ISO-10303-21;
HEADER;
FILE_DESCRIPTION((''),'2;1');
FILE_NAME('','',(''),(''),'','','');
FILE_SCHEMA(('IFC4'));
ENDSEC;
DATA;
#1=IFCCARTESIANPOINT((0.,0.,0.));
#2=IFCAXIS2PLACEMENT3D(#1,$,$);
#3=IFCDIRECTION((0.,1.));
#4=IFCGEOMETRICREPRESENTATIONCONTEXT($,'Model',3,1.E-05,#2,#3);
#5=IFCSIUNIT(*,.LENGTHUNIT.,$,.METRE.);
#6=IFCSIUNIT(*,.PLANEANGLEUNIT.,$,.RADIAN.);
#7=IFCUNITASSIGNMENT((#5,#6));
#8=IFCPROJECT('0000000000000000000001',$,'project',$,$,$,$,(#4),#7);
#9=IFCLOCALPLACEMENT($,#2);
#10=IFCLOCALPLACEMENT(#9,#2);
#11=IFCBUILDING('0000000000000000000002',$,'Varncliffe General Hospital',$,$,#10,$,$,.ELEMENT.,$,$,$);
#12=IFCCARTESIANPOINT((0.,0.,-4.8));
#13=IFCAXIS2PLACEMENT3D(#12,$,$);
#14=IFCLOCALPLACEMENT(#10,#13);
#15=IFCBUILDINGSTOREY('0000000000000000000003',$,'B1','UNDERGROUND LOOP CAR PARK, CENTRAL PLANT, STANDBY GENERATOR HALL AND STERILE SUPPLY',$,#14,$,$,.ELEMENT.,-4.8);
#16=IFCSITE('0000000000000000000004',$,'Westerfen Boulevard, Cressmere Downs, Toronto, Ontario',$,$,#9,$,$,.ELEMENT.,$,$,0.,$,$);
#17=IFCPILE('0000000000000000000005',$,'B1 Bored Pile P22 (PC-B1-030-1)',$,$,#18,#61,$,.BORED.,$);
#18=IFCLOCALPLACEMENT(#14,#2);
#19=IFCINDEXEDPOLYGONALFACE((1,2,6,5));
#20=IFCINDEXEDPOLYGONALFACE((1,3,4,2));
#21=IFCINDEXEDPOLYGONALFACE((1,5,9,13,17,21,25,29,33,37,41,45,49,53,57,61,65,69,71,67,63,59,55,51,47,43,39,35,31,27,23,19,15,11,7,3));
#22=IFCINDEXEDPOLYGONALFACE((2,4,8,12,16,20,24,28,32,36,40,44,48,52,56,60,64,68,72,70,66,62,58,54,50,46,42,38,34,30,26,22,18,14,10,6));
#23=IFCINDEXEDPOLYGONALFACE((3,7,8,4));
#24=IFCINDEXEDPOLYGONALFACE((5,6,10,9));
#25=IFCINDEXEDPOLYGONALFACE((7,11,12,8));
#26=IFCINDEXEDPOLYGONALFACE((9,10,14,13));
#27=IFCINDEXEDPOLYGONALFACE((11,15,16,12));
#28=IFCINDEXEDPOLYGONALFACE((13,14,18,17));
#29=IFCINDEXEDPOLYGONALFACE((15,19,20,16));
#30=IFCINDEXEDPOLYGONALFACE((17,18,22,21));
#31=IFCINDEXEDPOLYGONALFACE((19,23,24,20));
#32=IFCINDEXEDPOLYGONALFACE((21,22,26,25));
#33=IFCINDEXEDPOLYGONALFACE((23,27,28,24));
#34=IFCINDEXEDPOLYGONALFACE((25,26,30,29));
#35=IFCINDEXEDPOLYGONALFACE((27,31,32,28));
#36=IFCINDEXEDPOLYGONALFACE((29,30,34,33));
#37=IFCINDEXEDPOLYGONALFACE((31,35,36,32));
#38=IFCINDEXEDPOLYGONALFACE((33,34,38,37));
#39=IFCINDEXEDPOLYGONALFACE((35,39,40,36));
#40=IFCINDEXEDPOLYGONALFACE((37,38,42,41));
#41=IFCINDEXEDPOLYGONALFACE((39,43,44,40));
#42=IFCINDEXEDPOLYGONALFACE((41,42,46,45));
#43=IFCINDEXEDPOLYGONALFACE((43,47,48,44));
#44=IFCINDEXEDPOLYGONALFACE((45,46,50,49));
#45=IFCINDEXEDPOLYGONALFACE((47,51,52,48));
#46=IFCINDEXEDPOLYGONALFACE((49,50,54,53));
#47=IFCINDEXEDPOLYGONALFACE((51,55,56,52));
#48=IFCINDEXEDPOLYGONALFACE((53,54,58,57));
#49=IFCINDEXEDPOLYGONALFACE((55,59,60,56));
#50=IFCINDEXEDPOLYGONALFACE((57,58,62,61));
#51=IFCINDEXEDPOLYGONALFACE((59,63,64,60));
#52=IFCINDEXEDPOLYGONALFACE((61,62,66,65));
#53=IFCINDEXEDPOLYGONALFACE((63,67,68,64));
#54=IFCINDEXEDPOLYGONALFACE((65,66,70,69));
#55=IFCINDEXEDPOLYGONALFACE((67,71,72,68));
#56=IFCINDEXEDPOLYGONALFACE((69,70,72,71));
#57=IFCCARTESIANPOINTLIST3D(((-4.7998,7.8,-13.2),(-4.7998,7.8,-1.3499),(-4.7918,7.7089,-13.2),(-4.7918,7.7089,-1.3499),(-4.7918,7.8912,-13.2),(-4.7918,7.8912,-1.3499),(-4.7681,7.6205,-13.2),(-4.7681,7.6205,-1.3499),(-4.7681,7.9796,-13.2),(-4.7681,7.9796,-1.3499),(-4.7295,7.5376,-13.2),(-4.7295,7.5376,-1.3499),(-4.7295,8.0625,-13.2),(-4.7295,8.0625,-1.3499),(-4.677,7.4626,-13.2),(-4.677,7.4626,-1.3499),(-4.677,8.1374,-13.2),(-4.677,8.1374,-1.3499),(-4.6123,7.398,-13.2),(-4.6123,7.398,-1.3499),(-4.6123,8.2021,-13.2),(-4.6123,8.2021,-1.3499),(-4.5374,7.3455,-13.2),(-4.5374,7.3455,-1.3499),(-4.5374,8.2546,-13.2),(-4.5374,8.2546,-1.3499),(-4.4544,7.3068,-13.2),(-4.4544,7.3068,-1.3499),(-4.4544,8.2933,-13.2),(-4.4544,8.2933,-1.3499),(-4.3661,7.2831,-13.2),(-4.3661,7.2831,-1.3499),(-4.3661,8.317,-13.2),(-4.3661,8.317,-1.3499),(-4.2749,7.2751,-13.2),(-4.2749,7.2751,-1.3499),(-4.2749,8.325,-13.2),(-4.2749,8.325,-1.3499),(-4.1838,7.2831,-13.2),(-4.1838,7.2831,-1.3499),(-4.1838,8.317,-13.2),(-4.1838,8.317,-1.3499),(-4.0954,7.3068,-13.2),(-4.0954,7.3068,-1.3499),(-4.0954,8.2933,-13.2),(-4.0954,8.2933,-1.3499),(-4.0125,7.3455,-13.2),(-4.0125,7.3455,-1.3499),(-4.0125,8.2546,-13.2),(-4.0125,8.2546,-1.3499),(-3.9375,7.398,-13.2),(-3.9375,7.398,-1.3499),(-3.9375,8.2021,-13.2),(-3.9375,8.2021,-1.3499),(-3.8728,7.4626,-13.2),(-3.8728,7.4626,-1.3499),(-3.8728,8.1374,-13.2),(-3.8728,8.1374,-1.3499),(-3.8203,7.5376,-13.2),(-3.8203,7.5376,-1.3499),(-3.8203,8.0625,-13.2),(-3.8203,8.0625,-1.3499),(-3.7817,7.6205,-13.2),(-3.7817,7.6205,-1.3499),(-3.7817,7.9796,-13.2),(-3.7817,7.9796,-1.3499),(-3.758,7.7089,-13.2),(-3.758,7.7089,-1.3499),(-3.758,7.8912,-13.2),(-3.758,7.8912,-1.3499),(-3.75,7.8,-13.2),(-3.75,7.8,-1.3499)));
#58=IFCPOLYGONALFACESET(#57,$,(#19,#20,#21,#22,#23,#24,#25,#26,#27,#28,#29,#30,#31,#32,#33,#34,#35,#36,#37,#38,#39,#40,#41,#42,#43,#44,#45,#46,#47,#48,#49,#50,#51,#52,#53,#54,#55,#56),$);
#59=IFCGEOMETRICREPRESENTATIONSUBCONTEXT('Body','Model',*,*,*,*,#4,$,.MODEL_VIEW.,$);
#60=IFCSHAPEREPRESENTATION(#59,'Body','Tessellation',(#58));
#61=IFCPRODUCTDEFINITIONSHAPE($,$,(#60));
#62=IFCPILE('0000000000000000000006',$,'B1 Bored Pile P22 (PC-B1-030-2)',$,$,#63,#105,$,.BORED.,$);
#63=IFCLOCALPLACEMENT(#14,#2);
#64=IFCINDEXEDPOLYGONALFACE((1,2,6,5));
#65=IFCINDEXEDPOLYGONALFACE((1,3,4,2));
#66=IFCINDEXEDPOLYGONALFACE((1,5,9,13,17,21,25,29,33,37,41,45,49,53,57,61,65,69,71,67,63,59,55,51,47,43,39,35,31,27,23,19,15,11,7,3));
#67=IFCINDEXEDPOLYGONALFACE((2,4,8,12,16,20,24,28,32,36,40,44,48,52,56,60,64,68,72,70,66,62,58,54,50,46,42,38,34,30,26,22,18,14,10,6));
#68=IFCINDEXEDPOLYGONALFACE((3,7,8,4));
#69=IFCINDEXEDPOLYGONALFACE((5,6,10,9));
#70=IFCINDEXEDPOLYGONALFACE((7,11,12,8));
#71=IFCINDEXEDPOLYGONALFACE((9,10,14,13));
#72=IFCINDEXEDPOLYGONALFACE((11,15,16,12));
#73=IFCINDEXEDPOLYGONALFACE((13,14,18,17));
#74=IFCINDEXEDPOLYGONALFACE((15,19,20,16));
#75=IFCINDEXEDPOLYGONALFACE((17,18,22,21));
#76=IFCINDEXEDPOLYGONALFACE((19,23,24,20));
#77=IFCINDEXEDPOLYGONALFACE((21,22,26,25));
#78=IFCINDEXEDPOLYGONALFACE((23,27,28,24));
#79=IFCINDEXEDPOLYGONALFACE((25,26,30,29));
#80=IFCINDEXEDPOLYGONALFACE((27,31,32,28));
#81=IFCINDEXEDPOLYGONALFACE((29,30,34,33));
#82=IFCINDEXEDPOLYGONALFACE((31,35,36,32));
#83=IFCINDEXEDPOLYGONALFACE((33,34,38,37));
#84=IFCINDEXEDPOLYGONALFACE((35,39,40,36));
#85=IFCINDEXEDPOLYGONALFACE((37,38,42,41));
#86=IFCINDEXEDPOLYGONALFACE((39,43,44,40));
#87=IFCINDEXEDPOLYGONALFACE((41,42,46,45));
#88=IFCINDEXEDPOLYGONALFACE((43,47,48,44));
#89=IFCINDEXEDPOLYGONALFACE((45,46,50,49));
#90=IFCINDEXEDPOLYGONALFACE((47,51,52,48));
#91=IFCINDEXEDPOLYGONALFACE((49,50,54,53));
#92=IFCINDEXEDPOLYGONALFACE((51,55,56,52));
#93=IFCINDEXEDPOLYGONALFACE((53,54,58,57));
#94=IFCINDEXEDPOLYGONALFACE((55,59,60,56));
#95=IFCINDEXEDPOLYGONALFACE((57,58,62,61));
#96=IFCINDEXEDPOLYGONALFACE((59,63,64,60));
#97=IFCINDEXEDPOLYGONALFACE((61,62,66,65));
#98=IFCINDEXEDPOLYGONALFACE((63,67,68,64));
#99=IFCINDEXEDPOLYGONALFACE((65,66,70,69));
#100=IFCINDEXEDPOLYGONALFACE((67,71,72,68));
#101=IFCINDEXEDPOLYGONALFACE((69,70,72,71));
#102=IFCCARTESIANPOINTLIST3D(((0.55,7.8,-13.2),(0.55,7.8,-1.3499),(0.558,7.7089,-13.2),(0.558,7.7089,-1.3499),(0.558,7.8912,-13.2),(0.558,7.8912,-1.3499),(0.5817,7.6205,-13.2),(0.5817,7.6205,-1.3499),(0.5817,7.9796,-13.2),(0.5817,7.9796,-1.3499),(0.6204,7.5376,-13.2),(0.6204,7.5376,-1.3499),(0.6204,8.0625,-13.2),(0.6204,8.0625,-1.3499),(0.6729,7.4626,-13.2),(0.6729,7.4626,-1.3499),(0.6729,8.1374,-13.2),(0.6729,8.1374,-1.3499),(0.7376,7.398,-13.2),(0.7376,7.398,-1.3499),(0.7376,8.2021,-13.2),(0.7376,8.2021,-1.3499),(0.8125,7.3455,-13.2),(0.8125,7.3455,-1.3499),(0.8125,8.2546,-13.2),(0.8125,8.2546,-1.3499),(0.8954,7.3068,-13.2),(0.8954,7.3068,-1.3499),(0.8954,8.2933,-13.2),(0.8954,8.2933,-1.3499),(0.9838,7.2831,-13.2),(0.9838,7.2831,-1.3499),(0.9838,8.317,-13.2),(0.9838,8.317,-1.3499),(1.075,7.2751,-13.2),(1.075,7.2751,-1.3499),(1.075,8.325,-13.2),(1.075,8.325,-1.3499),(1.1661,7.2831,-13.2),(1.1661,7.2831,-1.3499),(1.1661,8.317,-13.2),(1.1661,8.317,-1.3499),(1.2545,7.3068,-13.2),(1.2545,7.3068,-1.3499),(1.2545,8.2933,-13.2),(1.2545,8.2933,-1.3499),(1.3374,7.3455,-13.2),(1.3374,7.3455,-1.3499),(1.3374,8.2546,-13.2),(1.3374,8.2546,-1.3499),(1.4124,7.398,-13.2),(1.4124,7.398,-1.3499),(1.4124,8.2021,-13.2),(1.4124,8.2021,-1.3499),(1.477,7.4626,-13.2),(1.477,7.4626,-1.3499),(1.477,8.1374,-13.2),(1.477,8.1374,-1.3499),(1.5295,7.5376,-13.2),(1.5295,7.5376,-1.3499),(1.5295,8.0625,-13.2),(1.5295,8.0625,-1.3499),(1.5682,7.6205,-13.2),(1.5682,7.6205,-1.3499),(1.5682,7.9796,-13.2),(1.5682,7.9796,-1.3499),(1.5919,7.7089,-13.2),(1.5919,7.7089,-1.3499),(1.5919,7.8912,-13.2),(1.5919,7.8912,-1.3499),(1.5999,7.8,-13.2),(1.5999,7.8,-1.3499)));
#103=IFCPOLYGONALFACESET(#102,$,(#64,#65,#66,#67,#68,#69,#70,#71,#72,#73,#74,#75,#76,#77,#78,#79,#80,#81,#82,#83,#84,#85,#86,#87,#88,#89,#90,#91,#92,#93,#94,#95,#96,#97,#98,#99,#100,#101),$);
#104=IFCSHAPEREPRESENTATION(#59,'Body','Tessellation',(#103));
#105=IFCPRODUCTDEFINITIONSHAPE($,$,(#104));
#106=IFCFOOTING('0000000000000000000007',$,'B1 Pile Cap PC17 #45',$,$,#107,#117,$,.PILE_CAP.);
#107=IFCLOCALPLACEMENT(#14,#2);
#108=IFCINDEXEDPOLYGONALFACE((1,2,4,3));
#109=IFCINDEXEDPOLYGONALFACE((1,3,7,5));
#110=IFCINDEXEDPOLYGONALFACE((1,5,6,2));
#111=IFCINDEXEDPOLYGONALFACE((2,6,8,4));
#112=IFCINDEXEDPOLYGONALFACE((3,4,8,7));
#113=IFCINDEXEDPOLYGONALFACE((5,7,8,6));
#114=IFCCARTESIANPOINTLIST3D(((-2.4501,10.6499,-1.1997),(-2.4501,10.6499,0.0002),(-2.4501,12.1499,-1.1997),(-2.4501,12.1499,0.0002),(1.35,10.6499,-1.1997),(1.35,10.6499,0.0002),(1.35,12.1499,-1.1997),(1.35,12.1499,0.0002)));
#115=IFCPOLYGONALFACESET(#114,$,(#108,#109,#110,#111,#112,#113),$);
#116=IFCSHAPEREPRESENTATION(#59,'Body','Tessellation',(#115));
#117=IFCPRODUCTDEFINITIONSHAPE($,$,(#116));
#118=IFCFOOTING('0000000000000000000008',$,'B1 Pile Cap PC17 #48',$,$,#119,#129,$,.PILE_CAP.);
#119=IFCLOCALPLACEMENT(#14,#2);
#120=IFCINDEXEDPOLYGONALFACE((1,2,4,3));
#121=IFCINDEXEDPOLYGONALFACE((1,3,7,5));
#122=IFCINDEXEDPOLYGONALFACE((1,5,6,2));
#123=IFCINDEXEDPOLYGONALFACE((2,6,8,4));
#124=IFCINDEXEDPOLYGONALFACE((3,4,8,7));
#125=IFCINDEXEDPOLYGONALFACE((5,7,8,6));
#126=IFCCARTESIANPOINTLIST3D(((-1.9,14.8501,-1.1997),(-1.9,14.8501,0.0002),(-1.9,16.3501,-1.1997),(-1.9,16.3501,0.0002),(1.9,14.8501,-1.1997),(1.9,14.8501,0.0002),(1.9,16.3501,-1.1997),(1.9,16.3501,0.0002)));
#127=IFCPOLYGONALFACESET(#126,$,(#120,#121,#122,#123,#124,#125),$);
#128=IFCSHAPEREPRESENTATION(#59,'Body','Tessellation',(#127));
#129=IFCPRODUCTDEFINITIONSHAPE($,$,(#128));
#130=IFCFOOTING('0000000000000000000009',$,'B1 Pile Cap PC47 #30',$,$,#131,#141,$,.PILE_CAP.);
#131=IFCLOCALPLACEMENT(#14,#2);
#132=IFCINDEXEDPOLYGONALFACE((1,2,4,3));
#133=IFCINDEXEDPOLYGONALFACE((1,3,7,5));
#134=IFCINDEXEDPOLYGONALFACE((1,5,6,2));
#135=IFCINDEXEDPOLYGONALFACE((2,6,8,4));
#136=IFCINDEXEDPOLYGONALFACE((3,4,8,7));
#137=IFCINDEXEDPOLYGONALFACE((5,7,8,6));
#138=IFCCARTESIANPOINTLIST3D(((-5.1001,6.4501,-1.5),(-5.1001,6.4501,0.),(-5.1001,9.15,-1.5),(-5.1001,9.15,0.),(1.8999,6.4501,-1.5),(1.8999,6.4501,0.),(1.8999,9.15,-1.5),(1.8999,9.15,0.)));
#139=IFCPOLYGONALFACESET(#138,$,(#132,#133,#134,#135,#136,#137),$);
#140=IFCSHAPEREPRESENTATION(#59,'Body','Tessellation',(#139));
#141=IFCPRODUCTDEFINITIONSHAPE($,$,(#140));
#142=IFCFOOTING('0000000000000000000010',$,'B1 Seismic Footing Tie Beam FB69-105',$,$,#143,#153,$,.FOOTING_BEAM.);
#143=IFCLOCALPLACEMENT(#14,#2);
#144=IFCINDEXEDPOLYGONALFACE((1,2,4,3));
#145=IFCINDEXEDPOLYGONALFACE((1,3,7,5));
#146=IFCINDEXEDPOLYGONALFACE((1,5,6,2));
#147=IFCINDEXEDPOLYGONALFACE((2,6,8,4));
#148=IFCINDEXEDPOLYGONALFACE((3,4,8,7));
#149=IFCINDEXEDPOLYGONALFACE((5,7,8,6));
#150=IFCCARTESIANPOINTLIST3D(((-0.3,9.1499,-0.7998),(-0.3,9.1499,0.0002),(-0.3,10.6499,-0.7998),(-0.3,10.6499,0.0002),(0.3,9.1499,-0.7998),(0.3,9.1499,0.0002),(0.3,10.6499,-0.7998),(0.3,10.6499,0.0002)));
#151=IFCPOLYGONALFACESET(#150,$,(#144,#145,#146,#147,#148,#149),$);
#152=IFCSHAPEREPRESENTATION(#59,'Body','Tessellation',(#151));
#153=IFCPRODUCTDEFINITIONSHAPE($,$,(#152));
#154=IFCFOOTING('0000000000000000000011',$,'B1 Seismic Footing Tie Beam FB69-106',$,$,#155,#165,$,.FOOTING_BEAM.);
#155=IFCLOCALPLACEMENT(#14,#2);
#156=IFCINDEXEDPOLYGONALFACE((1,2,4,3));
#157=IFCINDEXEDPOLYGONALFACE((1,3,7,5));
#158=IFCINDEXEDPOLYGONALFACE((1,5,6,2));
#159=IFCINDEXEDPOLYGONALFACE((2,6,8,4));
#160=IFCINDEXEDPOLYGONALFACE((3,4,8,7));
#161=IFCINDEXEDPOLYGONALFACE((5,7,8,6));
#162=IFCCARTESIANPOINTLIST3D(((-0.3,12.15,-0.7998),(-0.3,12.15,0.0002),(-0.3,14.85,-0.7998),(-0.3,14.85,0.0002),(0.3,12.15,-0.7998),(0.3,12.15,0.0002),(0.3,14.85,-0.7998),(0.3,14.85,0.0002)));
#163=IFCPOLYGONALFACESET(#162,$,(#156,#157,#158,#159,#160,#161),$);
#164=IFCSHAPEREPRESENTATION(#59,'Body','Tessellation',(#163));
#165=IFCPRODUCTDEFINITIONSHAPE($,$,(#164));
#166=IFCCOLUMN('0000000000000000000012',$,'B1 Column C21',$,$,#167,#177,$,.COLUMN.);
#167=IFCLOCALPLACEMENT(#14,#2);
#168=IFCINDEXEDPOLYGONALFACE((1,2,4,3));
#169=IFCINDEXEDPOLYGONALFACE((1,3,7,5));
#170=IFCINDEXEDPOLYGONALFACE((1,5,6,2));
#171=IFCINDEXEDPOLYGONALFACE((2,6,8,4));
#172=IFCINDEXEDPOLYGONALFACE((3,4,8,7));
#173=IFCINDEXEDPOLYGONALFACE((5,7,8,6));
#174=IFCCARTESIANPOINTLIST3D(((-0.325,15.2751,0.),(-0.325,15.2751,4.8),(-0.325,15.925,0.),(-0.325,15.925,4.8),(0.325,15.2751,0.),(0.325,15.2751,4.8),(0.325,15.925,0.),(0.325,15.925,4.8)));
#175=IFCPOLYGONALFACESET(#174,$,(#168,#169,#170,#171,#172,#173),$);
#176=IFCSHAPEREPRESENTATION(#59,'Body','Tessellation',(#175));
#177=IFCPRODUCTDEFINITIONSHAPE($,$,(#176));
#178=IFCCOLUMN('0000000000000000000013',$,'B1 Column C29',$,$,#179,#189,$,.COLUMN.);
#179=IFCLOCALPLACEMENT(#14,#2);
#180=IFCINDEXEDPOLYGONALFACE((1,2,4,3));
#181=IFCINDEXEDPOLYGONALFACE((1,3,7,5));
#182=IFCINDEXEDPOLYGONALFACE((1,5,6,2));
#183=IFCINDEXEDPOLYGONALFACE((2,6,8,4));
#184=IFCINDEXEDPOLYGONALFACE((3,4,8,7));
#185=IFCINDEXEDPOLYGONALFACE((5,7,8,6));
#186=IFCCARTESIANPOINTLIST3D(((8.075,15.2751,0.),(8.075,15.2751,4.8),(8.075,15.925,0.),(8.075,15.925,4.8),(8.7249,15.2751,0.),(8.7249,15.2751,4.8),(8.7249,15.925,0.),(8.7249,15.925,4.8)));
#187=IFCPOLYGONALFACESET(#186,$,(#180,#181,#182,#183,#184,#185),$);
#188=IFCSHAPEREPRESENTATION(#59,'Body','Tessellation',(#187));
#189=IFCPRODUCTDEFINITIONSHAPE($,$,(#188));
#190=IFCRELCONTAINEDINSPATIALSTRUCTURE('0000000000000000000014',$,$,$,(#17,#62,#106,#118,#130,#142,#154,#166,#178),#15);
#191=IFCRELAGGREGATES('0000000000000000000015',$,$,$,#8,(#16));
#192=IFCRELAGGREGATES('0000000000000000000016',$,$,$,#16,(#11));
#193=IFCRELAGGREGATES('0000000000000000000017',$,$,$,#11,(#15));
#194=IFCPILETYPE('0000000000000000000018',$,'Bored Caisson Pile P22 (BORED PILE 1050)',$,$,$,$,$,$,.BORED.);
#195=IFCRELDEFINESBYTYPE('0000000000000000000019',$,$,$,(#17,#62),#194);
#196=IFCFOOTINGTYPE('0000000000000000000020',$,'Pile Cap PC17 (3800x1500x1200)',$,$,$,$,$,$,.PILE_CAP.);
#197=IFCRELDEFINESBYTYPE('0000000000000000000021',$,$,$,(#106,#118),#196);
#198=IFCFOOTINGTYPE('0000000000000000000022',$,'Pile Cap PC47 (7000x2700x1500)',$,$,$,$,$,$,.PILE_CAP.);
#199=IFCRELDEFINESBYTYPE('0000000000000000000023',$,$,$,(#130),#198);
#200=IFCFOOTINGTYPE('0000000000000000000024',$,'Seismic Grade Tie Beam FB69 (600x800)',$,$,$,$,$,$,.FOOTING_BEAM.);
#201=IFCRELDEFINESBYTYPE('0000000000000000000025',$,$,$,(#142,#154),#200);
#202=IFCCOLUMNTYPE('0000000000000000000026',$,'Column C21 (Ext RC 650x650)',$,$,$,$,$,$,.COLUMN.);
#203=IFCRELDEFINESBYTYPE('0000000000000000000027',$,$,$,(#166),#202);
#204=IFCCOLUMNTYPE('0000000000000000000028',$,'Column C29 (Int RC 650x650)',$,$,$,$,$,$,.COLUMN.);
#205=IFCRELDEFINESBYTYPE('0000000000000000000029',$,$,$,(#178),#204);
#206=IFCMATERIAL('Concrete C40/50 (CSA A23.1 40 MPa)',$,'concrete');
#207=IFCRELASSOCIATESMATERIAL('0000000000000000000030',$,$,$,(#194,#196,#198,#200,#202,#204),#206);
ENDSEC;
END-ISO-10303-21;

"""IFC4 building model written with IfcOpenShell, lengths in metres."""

from ifc_helpers import new_model, si_unit, direction, frame, origin, origin_2d, place, context, subcontext, project, spatial, rectangle, circle, extrude, material, material_profile, profile_set, type_object, element, save


model = new_model("IFC4")

# Units and contexts
model_context = context("Model", 3, precision=1e-05, world=origin(), true_north=direction((0.0, 1.0)))
body_context = subcontext(model_context, "Body", "Model", "MODEL_VIEW")
ifc_project = project(units=[si_unit("LENGTHUNIT", "METRE"), si_unit("PLANEANGLEUNIT", "RADIAN")], contexts=[model_context])

# Site, building, storey
site_placement = place(None, origin())
site = spatial("IfcSite", under=ifc_project, at=site_placement, Name="Westerfen Boulevard, Cressmere Downs, Toronto, Ontario", CompositionType="ELEMENT", RefElevation=0.0)
building_placement = place(site_placement, origin())
building = spatial("IfcBuilding", under=site, at=building_placement, Name="Varncliffe General Hospital", CompositionType="ELEMENT")
storey_placement = place(building_placement, frame((0.0, 0.0, -4.8)))
storey = spatial("IfcBuildingStorey", under=building, at=storey_placement, Name="B1", Description="UNDERGROUND LOOP CAR PARK, CENTRAL PLANT, STANDBY GENERATOR HALL AND STERILE SUPPLY", CompositionType="ELEMENT", Elevation=-4.8)

# Piles
ifc_material_1 = material(Name="Concrete C40/50 (CSA A23.1 40 MPa)", Category="concrete")
ifc_material_profile_1 = material_profile(ifc_material_1, circle(Radius=0.5249, at=origin_2d()), Name="BORED PILE 1050")
ifc_profile_set_1 = profile_set([ifc_material_profile_1], Name="Concrete C40/50 (CSA A23.1 40 MPa)")
pile_type_1 = type_object("IfcPileType", Name="Bored Caisson Pile P22 (BORED PILE 1050)", PredefinedType="BORED", material=ifc_profile_set_1)
for number, where, z_axis, x_axis, name in (
    (1, (-4.2749, 7.8, -1.3499), (0.0, 0.0, -1.0), (1.0, 0.0, 0.0), "B1 Bored Pile P22 (PC-B1-030-1)"),
    (2, (1.075, 7.8, -1.3499), (0.0, 0.0, -1.0), (1.0, 0.0, 0.0), "B1 Bored Pile P22 (PC-B1-030-2)"),
):
    element("IfcPile", number, at=place(storey_placement, frame(where, z_axis=z_axis, x_axis=x_axis)), inside=storey, type_object=pile_type_1, Name=name, PredefinedType="BORED", context=body_context, shape_type="SweptSolid", body=[
        extrude(circle(Radius=0.5249, at=origin_2d()), origin(), (0.0, 0.0, 1.0), 11.8501),
    ])

# Footings
footing_type_1 = type_object("IfcFootingType", Name="Pile Cap PC17 (3800x1500x1200)", PredefinedType="PILE_CAP", material=ifc_material_1)
for number, where, z_axis, x_axis, name in (
    (3, (-0.55, 11.3999, -1.1997), (0.0, 0.0, 1.0), (1.0, 0.0, 0.0), "B1 Pile Cap PC17 #45"),
    (4, (0.0, 15.6001, -1.1997), (0.0, 0.0, 1.0), (1.0, 0.0, 0.0), "B1 Pile Cap PC17 #48"),
):
    element("IfcFooting", number, at=place(storey_placement, frame(where, z_axis=z_axis, x_axis=x_axis)), inside=storey, type_object=footing_type_1, Name=name, PredefinedType="PILE_CAP", context=body_context, shape_type="SweptSolid", body=[
        extrude(rectangle(XDim=3.8, YDim=1.5, at=origin_2d()), origin(), (0.0, 0.0, 1.0), 1.2),
    ])
footing_type_2 = type_object("IfcFootingType", Name="Pile Cap PC47 (7000x2700x1500)", PredefinedType="PILE_CAP", material=ifc_material_1)
footing_1_placement = place(storey_placement, frame((-1.6001, 7.8, -1.5), z_axis=(0.0, 0.0, 1.0), x_axis=(1.0, 0.0, 0.0)))
element("IfcFooting", 5, at=footing_1_placement, inside=storey, type_object=footing_type_2, Name="B1 Pile Cap PC47 #30", PredefinedType="PILE_CAP", context=body_context, shape_type="SweptSolid", body=[
    extrude(rectangle(XDim=7.0, YDim=2.7, at=origin_2d()), origin(), (0.0, 0.0, 1.0), 1.5),
])
footing_type_3 = type_object("IfcFootingType", Name="Seismic Grade Tie Beam FB69 (600x800)", PredefinedType="FOOTING_BEAM", material=ifc_material_1)
footing_2_placement = place(storey_placement, frame((0.0, 9.8999, -0.7998), z_axis=(0.0, 0.0, 1.0), x_axis=(1.0, 0.0, 0.0)))
element("IfcFooting", 6, at=footing_2_placement, inside=storey, type_object=footing_type_3, Name="B1 Seismic Footing Tie Beam FB69-105", PredefinedType="FOOTING_BEAM", context=body_context, shape_type="SweptSolid", body=[
    extrude(rectangle(XDim=0.6001, YDim=1.5, at=origin_2d()), origin(), (0.0, 0.0, 1.0), 0.8),
])
footing_3_placement = place(storey_placement, frame((0.0, 13.5, -0.7998), z_axis=(0.0, 0.0, 1.0), x_axis=(1.0, 0.0, 0.0)))
element("IfcFooting", 7, at=footing_3_placement, inside=storey, type_object=footing_type_3, Name="B1 Seismic Footing Tie Beam FB69-106", PredefinedType="FOOTING_BEAM", context=body_context, shape_type="SweptSolid", body=[
    extrude(rectangle(XDim=0.6001, YDim=2.7, at=origin_2d()), origin(), (0.0, 0.0, 1.0), 0.8),
])

# Columns
ifc_material_profile_2 = material_profile(ifc_material_1, rectangle(XDim=0.6499, YDim=0.6499, at=origin_2d()), Name="RC 650x650")
ifc_profile_set_2 = profile_set([ifc_material_profile_2], Name="Concrete C40/50 (CSA A23.1 40 MPa)")
column_type_1 = type_object("IfcColumnType", Name="Column C21 (Ext RC 650x650)", PredefinedType="COLUMN", material=ifc_profile_set_2)
column_1_placement = place(storey_placement, frame((0.0, 15.6001, 0.0), z_axis=(0.0, 0.0, 1.0), x_axis=(1.0, 0.0, 0.0)))
element("IfcColumn", 8, at=column_1_placement, inside=storey, type_object=column_type_1, Name="B1 Column C21", PredefinedType="COLUMN", context=body_context, shape_type="SweptSolid", body=[
    extrude(rectangle(XDim=0.6499, YDim=0.6499, at=origin_2d()), origin(), (0.0, 0.0, 1.0), 4.8),
])
ifc_material_profile_3 = material_profile(ifc_material_1, rectangle(XDim=0.6499, YDim=0.6499, at=origin_2d()), Name="RC 650x650")
ifc_profile_set_3 = profile_set([ifc_material_profile_3], Name="Concrete C40/50 (CSA A23.1 40 MPa)")
column_type_2 = type_object("IfcColumnType", Name="Column C29 (Int RC 650x650)", PredefinedType="COLUMN", material=ifc_profile_set_3)
column_2_placement = place(storey_placement, frame((8.3999, 15.6001, 0.0), z_axis=(0.0, 0.0, 1.0), x_axis=(1.0, 0.0, 0.0)))
element("IfcColumn", 9, at=column_2_placement, inside=storey, type_object=column_type_2, Name="B1 Column C29", PredefinedType="COLUMN", context=body_context, shape_type="SweptSolid", body=[
    extrude(rectangle(XDim=0.6499, YDim=0.6499, at=origin_2d()), origin(), (0.0, 0.0, 1.0), 4.8),
])

save(model, "model.ifc")
